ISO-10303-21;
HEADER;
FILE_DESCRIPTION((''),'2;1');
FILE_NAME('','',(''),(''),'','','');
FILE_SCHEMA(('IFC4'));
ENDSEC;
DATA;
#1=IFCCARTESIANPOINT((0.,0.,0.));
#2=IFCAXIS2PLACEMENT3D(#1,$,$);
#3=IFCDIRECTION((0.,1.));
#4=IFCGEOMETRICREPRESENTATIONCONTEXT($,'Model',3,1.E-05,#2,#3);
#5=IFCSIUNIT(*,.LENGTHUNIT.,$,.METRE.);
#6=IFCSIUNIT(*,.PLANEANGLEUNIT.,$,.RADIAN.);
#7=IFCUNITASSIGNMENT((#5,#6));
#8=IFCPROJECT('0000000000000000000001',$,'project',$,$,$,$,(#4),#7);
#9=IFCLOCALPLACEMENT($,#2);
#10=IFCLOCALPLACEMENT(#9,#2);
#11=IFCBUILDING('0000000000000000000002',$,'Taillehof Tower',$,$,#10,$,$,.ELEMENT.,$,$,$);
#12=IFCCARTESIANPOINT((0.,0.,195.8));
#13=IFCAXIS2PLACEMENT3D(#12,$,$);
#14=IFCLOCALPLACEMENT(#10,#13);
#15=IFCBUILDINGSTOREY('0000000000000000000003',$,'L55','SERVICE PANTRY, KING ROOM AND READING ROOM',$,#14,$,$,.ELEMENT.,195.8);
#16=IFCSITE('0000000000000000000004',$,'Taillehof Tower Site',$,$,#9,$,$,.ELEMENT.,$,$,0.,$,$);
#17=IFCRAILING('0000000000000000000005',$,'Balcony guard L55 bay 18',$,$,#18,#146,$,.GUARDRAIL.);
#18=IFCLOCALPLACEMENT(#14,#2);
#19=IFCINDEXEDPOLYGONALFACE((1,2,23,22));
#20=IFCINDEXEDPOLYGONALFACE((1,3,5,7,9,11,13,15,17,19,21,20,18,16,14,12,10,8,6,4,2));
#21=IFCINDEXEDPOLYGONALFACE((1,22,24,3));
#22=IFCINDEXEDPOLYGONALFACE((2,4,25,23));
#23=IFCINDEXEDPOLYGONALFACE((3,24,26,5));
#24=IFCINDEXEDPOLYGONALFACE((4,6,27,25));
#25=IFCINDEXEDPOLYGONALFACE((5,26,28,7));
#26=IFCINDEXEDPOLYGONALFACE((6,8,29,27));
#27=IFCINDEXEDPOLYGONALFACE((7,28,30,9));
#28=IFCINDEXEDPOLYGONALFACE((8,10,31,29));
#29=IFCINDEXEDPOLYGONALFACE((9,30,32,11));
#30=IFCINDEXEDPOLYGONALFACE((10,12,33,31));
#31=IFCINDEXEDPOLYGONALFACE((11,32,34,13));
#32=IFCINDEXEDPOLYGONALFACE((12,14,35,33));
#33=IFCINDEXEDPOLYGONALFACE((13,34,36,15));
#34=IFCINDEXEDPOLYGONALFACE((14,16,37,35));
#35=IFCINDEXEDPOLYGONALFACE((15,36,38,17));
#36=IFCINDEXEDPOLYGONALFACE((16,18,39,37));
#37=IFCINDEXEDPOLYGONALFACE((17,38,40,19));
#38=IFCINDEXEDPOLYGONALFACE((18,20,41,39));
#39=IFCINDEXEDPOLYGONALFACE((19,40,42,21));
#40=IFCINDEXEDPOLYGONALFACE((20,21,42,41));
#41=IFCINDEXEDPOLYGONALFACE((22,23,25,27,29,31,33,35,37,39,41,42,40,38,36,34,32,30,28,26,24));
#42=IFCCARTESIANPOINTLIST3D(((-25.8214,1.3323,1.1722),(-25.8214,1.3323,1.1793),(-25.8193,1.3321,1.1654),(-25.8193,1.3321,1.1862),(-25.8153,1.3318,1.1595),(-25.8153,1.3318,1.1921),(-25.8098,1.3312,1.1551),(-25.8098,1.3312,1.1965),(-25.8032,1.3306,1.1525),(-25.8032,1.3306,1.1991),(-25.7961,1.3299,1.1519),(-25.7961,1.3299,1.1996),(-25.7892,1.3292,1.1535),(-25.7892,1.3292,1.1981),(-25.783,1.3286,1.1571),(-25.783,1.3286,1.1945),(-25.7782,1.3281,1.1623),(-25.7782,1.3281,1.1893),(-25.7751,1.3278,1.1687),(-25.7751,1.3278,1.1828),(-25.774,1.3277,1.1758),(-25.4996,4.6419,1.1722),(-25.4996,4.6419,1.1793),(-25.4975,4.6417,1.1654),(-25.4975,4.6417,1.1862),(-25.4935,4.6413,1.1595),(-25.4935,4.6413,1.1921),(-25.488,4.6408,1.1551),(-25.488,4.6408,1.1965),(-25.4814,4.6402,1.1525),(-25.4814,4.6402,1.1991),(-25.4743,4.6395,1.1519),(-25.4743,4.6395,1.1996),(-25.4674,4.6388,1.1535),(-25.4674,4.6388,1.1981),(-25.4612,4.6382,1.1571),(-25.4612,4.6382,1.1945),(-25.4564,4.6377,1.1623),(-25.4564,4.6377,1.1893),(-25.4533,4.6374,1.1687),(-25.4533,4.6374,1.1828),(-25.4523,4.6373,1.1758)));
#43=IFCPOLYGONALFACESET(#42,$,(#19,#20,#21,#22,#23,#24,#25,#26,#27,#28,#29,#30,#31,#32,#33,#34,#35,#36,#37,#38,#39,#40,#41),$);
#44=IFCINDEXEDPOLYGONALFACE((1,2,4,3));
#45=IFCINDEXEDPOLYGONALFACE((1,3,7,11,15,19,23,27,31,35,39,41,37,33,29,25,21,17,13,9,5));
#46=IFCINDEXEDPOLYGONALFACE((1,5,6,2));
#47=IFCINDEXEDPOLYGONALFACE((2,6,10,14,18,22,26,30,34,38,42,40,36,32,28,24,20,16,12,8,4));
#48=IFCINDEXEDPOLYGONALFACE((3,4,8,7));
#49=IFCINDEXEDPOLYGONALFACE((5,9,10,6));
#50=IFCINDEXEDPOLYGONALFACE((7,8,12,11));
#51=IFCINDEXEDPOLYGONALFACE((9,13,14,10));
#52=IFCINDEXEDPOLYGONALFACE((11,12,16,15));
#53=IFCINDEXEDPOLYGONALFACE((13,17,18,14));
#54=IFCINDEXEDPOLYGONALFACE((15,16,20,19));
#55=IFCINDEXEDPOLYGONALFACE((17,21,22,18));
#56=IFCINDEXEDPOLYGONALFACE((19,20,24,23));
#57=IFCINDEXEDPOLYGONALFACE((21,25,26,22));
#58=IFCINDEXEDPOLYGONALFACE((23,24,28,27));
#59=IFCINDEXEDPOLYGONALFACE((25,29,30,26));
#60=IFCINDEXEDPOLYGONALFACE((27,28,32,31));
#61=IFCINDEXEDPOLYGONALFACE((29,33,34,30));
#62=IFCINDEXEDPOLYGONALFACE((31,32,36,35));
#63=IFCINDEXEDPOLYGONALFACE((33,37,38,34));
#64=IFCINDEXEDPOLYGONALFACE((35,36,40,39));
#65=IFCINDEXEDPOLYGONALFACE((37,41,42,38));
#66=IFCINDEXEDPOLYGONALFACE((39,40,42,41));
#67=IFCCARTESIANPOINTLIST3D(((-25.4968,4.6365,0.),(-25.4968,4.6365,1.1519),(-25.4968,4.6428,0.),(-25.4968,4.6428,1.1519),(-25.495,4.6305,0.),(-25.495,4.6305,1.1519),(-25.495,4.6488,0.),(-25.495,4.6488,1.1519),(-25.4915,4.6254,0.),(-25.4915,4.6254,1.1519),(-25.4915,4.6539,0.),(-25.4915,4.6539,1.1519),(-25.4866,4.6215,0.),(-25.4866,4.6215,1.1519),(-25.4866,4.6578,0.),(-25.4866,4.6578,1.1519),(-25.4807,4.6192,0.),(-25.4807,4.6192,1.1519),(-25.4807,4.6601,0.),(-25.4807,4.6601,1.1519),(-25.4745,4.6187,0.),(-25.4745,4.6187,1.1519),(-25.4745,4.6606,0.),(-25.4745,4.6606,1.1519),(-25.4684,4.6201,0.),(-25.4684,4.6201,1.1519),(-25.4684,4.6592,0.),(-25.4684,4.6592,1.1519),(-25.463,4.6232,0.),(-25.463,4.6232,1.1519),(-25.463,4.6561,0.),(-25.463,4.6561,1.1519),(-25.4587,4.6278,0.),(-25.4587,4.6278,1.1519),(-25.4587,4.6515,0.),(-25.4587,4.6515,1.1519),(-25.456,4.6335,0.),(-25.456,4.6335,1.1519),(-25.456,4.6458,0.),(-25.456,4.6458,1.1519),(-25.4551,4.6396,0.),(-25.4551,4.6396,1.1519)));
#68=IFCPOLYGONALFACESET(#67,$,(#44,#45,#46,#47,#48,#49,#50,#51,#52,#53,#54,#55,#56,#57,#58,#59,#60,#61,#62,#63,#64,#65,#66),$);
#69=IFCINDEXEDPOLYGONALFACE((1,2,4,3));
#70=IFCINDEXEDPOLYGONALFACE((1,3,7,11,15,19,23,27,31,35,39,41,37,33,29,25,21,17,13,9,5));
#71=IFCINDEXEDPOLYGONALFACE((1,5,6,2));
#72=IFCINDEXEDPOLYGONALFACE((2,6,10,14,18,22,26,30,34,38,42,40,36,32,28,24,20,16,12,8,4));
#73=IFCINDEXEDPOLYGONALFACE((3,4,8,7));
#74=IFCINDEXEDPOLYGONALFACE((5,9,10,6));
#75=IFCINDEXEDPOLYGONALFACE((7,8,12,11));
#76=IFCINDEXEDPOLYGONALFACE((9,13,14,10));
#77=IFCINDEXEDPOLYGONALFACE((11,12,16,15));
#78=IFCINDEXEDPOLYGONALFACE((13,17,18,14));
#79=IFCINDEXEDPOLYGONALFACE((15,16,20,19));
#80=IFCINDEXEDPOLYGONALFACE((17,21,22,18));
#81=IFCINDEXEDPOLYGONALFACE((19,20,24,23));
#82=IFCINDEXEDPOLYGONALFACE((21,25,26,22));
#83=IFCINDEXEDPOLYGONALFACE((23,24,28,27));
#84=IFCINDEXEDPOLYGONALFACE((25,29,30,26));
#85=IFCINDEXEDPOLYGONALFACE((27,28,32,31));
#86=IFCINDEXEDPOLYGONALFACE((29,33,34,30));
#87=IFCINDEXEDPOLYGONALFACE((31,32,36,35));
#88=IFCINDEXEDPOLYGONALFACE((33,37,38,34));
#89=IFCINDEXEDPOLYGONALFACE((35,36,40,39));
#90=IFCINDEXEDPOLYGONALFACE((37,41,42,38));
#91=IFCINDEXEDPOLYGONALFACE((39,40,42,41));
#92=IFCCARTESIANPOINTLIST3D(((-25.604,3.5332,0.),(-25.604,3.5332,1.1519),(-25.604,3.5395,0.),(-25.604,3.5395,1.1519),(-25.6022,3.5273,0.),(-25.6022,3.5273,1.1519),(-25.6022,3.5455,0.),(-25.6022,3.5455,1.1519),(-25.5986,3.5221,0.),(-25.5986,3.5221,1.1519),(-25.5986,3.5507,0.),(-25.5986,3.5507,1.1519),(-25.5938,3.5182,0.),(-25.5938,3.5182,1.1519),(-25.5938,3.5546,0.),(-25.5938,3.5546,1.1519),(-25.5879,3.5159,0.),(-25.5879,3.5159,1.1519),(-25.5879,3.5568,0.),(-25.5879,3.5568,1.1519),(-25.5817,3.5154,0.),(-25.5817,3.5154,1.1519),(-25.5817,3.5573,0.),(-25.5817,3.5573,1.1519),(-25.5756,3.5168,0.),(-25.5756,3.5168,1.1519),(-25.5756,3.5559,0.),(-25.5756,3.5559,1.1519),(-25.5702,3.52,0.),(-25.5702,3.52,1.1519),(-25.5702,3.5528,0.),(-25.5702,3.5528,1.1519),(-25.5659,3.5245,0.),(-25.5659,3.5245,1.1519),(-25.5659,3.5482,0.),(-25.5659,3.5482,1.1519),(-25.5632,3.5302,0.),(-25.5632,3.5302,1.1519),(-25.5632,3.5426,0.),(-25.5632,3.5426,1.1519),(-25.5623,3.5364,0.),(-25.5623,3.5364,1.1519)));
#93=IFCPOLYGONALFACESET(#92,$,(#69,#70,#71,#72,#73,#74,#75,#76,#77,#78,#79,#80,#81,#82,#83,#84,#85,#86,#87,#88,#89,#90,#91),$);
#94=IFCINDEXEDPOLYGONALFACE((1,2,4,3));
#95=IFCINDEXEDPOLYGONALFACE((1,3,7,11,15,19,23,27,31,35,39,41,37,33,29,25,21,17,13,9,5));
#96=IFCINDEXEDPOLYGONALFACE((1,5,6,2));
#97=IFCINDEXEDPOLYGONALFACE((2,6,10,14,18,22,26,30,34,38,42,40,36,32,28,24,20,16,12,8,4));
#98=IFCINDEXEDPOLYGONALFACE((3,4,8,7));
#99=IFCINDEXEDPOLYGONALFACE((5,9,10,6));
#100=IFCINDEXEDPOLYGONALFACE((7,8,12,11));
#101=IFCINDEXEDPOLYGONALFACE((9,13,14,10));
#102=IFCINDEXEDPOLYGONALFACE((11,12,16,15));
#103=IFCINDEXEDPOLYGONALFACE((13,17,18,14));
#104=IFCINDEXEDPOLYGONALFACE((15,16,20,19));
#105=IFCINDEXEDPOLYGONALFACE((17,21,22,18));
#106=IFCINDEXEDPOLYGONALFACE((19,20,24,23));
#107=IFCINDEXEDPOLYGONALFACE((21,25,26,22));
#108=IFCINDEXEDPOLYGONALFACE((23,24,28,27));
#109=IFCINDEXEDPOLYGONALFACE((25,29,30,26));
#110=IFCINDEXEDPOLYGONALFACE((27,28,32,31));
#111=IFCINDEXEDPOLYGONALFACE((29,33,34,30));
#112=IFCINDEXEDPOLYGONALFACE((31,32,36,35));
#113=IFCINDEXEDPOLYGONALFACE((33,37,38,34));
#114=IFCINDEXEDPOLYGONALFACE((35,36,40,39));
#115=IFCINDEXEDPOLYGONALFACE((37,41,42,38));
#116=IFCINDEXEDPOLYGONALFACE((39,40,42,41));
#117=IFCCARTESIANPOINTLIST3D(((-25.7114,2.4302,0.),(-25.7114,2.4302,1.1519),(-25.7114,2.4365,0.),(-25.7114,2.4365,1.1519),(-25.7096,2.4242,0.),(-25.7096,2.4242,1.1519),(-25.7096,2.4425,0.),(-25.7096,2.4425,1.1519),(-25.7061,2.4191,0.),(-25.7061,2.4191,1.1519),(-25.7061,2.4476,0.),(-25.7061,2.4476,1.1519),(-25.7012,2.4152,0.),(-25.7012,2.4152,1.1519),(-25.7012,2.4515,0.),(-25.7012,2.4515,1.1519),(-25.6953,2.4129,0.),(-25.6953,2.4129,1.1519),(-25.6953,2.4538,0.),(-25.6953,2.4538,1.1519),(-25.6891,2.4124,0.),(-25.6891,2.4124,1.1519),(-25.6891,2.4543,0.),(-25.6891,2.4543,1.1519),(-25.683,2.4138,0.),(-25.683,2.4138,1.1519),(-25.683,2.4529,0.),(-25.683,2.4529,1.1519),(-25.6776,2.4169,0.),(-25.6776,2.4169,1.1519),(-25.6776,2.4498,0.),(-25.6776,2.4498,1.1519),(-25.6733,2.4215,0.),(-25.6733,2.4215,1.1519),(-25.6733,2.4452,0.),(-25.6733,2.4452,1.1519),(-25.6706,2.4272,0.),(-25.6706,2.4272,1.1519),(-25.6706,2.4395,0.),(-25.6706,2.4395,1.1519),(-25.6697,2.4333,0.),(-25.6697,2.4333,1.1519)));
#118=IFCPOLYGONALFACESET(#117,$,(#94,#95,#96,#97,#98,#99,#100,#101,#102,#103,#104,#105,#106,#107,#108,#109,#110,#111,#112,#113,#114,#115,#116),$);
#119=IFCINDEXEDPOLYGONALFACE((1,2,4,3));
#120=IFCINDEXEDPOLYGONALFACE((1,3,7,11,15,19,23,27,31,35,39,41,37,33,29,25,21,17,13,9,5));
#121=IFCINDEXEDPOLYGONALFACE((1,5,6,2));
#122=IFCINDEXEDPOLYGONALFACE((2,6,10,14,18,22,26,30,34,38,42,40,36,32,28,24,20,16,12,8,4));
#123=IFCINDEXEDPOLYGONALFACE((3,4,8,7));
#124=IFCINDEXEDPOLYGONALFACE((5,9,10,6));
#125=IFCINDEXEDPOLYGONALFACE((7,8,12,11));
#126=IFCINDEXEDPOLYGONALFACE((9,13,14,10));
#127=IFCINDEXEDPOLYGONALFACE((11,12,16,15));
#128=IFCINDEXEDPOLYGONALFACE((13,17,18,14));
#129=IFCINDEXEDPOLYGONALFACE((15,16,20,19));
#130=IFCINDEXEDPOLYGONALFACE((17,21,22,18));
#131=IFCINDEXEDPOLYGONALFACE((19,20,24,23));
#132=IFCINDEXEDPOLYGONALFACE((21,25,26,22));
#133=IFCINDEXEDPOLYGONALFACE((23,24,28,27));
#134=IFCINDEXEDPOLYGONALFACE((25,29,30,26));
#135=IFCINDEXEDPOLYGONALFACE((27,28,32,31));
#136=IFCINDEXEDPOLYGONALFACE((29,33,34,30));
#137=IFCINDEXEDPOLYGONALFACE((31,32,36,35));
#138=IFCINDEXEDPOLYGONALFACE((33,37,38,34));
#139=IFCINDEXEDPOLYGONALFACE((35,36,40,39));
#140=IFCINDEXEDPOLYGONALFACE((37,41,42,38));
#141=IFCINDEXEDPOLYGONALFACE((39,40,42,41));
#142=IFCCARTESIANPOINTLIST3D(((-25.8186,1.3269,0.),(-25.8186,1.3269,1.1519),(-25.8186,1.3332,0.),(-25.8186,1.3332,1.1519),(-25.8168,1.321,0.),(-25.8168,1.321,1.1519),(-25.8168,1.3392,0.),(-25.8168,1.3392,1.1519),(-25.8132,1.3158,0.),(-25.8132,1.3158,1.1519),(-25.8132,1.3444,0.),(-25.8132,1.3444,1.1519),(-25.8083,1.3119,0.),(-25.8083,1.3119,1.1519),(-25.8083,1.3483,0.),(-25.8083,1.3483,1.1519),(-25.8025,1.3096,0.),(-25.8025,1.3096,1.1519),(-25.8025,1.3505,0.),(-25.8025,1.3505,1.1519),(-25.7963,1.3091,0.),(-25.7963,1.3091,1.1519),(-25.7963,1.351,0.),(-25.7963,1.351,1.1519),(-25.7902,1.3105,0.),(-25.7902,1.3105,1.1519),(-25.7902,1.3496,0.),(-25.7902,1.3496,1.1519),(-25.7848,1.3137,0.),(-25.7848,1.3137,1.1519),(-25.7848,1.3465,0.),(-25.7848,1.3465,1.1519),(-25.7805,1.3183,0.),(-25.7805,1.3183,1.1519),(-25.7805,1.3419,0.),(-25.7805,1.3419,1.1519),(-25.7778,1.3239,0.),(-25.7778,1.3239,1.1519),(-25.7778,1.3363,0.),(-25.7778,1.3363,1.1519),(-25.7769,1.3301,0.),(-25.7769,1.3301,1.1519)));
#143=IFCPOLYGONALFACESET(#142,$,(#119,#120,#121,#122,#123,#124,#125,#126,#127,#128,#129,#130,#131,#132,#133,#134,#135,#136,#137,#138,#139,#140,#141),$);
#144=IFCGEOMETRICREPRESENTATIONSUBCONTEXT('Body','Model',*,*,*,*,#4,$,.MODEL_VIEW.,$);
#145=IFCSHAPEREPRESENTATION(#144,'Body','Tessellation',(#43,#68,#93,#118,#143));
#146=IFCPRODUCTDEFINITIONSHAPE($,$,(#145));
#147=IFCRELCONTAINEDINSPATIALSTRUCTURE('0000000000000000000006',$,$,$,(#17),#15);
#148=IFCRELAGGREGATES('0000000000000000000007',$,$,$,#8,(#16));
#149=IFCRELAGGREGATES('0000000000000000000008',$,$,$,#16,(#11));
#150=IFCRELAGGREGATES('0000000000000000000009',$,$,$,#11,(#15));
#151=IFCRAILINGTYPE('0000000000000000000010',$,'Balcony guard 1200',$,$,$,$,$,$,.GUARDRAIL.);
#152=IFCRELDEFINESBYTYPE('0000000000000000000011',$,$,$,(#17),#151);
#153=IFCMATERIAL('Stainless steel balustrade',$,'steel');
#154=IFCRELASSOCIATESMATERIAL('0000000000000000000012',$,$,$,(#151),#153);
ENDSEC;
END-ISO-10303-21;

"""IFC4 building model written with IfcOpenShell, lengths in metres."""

from ifc_helpers import new_model, si_unit, direction, frame, origin, origin_2d, place, context, subcontext, project, spatial, circle, extrude, material, type_object, element, save


model = new_model("IFC4")

# Units and contexts
model_context = context("Model", 3, precision=1e-05, world=origin(), true_north=direction((0.0, 1.0)))
body_context = subcontext(model_context, "Body", "Model", "MODEL_VIEW")
ifc_project = project(units=[si_unit("LENGTHUNIT", "METRE"), si_unit("PLANEANGLEUNIT", "RADIAN")], contexts=[model_context])

# Site, building, storey
site_placement = place(None, origin())
site = spatial("IfcSite", under=ifc_project, at=site_placement, Name="Taillehof Tower Site", CompositionType="ELEMENT", RefElevation=0.0)
building_placement = place(site_placement, origin())
building = spatial("IfcBuilding", under=site, at=building_placement, Name="Taillehof Tower", CompositionType="ELEMENT")
storey_placement = place(building_placement, frame((0.0, 0.0, 195.8)))
storey = spatial("IfcBuildingStorey", under=building, at=storey_placement, Name="L55", Description="SERVICE PANTRY, KING ROOM AND READING ROOM", CompositionType="ELEMENT", Elevation=195.8)

# Railing
ifc_material_1 = material(Name="Stainless steel balustrade", Category="steel")
railing_type = type_object("IfcRailingType", Name="Balcony guard 1200", PredefinedType="GUARDRAIL", material=ifc_material_1)
railing_1_placement = place(storey_placement, frame((-25.4761, 4.6396, 0.0)))
element("IfcRailing", 1, at=railing_1_placement, inside=storey, type_object=railing_type, Name="Balcony guard L55 bay 18", PredefinedType="GUARDRAIL", context=body_context, shape_type="SweptSolid", body=[
    extrude(circle(Radius=0.0239, at=origin_2d()), frame((0.0, 0.0, 1.1758), z_axis=(-0.09677, -0.995307, 0.0), x_axis=(0.995307, -0.09677, 0.0)), (0.0, 0.0, 1.0), 3.3252),
    extrude(circle(Radius=0.021, at=origin_2d()), origin(), (0.0, 0.0, 1.0), 1.1519),
    extrude(circle(Radius=0.021, at=origin_2d()), frame((-0.1072, -1.1033, 0.0)), (0.0, 0.0, 1.0), 1.1519),
    extrude(circle(Radius=0.021, at=origin_2d()), frame((-0.2146, -2.2063, 0.0)), (0.0, 0.0, 1.0), 1.1519),
    extrude(circle(Radius=0.021, at=origin_2d()), frame((-0.3218, -3.3096, 0.0)), (0.0, 0.0, 1.0), 1.1519),
])

save(model, "model.ifc")
